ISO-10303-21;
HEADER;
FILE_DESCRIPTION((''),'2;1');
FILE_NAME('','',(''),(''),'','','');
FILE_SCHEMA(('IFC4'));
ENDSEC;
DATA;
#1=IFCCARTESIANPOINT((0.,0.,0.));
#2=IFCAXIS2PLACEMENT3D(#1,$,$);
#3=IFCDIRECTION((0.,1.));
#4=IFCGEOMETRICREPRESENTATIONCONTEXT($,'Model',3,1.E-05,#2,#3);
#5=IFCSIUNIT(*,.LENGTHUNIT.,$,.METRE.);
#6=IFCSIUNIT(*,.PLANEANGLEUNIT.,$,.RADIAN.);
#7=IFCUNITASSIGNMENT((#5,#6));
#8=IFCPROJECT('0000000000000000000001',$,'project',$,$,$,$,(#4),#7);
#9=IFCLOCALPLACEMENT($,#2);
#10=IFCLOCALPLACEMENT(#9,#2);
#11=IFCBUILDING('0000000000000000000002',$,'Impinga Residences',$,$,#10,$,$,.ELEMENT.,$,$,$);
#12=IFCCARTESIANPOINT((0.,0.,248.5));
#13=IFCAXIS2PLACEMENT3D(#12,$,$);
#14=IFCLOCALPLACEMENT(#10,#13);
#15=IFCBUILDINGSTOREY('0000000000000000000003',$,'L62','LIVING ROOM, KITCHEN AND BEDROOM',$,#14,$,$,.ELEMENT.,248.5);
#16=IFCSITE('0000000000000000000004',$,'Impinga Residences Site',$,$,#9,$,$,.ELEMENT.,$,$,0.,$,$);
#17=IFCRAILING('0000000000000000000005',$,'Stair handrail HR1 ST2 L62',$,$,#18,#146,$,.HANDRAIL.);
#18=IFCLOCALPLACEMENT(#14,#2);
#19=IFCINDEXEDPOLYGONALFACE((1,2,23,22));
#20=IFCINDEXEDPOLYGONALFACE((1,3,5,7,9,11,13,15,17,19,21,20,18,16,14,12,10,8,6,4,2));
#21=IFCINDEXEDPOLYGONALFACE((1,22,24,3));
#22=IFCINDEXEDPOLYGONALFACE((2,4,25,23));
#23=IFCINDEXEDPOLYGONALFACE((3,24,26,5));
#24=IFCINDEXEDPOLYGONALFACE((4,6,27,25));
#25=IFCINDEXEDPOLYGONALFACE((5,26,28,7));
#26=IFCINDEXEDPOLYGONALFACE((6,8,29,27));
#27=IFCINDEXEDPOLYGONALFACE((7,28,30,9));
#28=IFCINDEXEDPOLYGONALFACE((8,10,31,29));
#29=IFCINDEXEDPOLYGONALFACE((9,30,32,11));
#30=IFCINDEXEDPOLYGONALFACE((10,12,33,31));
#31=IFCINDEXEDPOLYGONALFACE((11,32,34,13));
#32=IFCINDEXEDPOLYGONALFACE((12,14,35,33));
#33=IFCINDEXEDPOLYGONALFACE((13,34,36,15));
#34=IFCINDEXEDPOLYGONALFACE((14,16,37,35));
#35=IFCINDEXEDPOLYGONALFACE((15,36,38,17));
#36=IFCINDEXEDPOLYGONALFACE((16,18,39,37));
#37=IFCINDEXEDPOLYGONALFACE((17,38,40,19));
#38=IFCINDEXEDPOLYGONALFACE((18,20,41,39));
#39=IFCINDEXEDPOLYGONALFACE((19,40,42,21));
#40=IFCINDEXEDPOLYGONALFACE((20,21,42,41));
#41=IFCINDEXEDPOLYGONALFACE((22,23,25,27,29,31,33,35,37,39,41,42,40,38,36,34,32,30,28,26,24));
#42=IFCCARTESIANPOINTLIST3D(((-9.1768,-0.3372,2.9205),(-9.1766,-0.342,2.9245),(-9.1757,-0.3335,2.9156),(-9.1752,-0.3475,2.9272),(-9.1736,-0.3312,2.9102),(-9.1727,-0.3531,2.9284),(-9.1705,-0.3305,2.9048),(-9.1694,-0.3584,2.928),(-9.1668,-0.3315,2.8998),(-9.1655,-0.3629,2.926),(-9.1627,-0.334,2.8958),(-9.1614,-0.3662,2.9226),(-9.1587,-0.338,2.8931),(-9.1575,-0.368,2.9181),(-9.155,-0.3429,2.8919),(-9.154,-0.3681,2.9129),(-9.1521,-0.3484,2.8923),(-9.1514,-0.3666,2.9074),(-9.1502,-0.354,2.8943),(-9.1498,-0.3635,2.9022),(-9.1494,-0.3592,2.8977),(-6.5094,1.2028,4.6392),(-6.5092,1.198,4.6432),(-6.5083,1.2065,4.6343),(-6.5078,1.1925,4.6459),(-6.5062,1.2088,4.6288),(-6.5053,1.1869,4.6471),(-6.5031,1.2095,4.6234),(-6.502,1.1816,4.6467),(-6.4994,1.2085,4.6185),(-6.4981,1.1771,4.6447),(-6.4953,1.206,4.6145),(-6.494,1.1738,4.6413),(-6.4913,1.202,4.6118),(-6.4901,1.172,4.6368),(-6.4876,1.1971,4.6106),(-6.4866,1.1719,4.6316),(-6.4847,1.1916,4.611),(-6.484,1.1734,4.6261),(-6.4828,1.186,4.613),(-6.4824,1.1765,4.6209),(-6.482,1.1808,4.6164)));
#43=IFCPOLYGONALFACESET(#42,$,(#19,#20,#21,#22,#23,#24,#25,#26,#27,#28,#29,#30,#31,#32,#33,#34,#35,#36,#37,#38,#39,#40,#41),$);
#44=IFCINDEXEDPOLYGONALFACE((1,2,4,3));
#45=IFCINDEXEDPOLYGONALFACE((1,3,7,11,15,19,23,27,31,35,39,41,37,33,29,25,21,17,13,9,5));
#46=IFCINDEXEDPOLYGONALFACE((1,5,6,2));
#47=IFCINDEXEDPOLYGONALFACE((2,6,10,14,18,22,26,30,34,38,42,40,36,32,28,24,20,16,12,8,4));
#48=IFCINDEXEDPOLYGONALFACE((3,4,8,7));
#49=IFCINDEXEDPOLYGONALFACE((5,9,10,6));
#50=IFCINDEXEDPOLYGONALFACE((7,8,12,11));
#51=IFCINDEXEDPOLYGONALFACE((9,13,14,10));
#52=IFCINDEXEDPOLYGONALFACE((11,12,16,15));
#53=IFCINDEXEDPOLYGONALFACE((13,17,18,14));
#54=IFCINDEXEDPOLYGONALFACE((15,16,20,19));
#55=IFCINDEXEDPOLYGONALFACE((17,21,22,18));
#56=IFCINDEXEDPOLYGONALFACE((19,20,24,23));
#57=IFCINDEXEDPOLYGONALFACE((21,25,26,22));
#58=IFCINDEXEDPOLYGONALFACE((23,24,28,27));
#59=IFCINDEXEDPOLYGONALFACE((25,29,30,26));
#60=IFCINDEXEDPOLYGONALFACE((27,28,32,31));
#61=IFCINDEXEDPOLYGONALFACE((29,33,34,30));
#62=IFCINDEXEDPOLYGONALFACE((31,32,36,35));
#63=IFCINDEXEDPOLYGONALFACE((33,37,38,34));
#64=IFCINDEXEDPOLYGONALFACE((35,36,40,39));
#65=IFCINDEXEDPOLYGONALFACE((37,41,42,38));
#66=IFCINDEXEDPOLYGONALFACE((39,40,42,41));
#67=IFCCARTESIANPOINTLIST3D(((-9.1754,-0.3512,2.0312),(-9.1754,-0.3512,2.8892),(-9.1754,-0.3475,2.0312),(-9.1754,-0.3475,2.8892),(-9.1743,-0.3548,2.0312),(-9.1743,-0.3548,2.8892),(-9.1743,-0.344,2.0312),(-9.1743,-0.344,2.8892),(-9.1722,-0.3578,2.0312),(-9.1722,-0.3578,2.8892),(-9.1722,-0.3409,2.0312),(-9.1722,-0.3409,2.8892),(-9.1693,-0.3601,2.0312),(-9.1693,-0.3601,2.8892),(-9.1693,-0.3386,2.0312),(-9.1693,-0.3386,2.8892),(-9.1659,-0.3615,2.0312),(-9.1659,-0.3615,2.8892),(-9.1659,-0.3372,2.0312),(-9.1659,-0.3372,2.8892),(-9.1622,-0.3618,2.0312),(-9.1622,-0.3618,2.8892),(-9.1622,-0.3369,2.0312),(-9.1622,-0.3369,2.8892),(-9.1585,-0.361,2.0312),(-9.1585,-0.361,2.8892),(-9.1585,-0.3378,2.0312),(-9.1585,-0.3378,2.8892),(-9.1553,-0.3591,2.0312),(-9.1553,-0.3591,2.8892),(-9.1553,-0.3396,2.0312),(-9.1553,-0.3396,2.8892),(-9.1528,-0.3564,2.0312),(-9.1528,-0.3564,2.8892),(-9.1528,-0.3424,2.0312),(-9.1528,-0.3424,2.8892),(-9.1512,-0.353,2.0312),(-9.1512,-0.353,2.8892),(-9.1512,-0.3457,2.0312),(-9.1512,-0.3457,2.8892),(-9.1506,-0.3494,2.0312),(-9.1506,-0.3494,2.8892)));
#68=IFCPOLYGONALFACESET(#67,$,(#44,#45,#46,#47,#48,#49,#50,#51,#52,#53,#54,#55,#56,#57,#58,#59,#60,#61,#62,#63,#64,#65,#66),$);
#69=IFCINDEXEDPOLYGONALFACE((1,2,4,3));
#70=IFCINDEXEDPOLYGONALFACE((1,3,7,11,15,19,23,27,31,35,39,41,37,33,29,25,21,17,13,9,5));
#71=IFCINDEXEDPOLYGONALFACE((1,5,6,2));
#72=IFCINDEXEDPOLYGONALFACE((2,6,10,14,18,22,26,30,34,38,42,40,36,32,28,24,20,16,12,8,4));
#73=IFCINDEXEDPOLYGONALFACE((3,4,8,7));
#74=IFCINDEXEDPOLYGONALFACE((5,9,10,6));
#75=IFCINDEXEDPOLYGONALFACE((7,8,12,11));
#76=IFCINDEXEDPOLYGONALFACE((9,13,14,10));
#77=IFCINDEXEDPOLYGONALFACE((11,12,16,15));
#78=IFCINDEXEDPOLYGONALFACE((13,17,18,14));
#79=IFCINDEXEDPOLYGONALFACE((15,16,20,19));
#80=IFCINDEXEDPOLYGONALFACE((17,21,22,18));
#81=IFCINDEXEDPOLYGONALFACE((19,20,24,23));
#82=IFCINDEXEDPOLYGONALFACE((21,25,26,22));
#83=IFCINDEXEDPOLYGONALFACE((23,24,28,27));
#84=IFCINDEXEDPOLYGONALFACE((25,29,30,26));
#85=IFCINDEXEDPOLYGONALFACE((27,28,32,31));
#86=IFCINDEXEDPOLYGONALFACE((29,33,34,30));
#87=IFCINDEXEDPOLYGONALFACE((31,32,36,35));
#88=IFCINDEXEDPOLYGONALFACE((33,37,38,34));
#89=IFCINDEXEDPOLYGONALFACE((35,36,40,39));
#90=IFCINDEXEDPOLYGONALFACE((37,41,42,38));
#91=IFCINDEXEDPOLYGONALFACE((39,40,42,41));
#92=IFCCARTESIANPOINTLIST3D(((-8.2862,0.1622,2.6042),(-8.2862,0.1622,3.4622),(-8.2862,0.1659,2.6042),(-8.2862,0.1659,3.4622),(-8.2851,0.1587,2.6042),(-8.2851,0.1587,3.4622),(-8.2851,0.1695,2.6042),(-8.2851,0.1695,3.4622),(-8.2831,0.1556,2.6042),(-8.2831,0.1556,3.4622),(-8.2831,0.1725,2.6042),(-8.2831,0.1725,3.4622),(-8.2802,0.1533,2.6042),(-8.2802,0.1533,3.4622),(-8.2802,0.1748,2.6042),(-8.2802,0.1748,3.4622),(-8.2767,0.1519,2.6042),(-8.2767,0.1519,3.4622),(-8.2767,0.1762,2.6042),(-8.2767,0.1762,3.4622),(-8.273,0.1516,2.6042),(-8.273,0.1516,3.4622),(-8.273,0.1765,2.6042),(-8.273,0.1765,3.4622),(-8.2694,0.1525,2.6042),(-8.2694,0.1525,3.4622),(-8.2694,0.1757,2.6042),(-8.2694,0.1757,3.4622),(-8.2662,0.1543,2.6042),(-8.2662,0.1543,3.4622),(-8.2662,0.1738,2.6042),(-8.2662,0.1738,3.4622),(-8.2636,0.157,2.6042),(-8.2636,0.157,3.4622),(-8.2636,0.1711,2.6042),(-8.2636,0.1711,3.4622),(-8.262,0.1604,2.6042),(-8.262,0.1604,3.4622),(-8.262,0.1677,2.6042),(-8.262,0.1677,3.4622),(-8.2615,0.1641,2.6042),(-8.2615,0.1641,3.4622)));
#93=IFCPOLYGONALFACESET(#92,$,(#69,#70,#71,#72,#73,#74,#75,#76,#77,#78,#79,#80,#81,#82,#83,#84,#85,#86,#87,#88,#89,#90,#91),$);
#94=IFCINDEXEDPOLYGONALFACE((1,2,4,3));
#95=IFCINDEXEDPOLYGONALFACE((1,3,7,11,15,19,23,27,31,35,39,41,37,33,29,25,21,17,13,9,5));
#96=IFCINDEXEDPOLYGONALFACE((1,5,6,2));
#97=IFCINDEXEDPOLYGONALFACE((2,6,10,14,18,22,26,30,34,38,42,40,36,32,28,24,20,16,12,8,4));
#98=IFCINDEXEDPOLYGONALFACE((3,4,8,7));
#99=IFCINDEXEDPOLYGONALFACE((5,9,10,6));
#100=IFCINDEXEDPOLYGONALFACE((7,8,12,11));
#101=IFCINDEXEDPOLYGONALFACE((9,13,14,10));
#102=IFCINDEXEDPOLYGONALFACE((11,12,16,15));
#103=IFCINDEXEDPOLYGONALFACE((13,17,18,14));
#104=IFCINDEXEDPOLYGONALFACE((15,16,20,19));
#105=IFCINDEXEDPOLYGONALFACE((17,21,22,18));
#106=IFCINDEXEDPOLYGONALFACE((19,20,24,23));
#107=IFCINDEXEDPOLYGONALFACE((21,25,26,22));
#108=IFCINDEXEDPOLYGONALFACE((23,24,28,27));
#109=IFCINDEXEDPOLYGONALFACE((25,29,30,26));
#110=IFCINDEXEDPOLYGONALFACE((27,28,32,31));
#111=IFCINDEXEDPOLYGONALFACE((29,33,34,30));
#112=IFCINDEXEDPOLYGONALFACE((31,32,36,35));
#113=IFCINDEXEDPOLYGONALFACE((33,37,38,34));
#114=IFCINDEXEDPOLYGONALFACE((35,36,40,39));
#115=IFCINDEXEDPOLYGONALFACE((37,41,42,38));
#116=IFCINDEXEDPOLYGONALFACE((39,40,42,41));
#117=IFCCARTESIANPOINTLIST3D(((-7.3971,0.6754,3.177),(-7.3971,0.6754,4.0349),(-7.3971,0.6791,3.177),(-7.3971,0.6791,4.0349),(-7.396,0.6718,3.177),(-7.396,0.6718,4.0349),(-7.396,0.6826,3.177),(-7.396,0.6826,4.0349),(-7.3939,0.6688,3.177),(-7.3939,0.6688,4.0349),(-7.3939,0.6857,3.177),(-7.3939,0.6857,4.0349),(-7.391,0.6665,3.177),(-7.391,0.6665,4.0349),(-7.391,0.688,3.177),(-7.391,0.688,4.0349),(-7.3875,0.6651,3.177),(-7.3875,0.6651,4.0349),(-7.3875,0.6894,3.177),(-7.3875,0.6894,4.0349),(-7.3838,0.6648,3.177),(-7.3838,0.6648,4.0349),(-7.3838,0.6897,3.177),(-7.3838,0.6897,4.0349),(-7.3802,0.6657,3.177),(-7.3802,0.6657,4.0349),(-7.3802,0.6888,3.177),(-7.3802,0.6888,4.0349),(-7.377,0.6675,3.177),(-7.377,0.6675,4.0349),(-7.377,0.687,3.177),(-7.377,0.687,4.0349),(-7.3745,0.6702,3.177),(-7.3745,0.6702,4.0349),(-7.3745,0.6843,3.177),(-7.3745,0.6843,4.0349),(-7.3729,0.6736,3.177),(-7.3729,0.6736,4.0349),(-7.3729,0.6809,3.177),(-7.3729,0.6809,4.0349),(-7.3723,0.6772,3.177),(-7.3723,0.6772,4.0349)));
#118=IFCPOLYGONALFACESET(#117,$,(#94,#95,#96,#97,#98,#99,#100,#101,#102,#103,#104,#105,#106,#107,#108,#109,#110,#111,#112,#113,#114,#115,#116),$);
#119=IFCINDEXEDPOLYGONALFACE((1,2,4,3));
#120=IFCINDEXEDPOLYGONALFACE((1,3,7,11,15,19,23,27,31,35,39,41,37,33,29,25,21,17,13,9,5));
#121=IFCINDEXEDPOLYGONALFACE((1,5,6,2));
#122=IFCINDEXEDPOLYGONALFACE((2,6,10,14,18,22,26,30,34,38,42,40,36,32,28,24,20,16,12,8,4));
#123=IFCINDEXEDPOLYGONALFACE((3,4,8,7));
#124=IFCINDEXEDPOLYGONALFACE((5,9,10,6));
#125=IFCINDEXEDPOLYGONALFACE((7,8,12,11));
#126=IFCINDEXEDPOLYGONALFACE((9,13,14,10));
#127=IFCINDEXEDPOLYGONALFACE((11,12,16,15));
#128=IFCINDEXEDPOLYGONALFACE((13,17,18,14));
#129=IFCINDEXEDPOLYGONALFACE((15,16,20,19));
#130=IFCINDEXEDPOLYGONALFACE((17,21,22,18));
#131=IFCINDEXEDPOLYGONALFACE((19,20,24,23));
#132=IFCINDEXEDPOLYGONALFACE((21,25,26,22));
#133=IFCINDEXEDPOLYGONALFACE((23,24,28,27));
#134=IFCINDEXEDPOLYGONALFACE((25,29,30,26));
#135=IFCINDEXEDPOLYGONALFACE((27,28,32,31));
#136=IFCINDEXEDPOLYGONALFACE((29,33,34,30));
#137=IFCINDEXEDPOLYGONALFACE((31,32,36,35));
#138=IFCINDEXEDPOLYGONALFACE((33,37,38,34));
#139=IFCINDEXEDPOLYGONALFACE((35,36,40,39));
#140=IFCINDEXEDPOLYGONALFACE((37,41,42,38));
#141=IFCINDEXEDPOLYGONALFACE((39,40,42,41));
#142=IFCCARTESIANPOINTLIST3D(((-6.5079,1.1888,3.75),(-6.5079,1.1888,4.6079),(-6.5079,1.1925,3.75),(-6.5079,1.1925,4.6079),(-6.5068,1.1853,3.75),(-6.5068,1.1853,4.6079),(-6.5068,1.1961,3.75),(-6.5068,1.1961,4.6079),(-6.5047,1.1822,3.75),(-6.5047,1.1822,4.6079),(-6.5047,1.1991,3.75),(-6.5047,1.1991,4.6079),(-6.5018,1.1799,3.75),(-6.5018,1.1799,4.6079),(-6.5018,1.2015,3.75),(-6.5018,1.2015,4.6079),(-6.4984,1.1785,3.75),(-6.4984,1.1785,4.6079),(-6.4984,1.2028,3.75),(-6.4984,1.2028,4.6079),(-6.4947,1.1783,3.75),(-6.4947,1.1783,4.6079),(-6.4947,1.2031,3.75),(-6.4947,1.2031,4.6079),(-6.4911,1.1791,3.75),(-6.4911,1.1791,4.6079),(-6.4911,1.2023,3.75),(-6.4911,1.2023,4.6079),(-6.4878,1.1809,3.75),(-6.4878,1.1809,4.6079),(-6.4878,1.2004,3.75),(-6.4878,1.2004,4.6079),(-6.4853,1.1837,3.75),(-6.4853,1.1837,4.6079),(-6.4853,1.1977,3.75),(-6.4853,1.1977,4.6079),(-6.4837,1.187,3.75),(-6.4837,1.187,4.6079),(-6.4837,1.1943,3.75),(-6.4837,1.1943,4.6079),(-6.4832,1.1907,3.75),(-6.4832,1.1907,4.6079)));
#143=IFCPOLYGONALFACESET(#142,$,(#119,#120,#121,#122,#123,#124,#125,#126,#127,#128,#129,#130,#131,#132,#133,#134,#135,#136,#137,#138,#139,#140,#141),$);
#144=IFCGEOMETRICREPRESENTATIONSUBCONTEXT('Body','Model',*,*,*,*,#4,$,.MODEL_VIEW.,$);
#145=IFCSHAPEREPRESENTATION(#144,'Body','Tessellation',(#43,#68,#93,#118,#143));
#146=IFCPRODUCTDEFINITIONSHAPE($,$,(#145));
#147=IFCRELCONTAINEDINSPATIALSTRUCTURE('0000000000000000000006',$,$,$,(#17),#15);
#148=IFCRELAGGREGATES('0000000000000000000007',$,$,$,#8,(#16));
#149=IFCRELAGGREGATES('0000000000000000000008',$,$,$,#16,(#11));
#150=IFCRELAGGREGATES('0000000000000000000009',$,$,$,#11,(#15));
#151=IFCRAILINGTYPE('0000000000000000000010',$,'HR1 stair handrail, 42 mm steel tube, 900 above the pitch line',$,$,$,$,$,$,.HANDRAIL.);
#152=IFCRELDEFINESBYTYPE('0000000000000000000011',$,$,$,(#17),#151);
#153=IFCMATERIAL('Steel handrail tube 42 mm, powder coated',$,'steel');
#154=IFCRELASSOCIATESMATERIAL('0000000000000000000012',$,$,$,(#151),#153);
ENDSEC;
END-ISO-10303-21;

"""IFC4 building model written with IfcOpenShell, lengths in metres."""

from ifc_helpers import new_model, si_unit, direction, frame, origin, origin_2d, place, context, subcontext, project, spatial, circle, extrude, material, type_object, element, save


model = new_model("IFC4")

# Units and contexts
model_context = context("Model", 3, precision=1e-05, world=origin(), true_north=direction((0.0, 1.0)))
body_context = subcontext(model_context, "Body", "Model", "MODEL_VIEW")
ifc_project = project(units=[si_unit("LENGTHUNIT", "METRE"), si_unit("PLANEANGLEUNIT", "RADIAN")], contexts=[model_context])

# Site, building, storey
site_placement = place(None, origin())
site = spatial("IfcSite", under=ifc_project, at=site_placement, Name="Impinga Residences Site", CompositionType="ELEMENT", RefElevation=0.0)
building_placement = place(site_placement, origin())
building = spatial("IfcBuilding", under=site, at=building_placement, Name="Impinga Residences", CompositionType="ELEMENT")
storey_placement = place(building_placement, frame((0.0, 0.0, 248.5)))
storey = spatial("IfcBuildingStorey", under=building, at=storey_placement, Name="L62", Description="LIVING ROOM, KITCHEN AND BEDROOM", CompositionType="ELEMENT", Elevation=248.5)

# Railing
ifc_material_1 = material(Name="Steel handrail tube 42 mm, powder coated", Category="steel")
railing_type_1 = type_object("IfcRailingType", Name="HR1 stair handrail, 42 mm steel tube, 900 above the pitch line", PredefinedType="HANDRAIL", material=ifc_material_1)
railing_1_placement = place(storey_placement, frame((-9.1631, -0.3494, 2.0312)))
element("IfcRailing", 1, at=railing_1_placement, inside=storey, type_object=railing_type_1, Name="Stair handrail HR1 ST2 L62", PredefinedType="HANDRAIL", context=body_context, shape_type="SweptSolid", body=[
    extrude(circle(Radius=0.021, at=origin_2d()), frame((0.0, 0.0, 0.8789), z_axis=(0.756256, 0.436616, 0.487282), x_axis=(-0.499992, 0.86603, 0.0)), (0.0, 0.0, 1.0), 3.5271),
    extrude(circle(Radius=0.0125, at=origin_2d()), origin(), (0.0, 0.0, 1.0), 0.8579),
    extrude(circle(Radius=0.0125, at=origin_2d()), frame((0.8892, 0.5134, 0.573)), (0.0, 0.0, 1.0), 0.8579),
    extrude(circle(Radius=0.0125, at=origin_2d()), frame((1.7783, 1.0266, 1.1458)), (0.0, 0.0, 1.0), 0.8579),
    extrude(circle(Radius=0.0125, at=origin_2d()), frame((2.6675, 1.54, 1.7188)), (0.0, 0.0, 1.0), 0.8579),
])

save(model, "model.ifc")
